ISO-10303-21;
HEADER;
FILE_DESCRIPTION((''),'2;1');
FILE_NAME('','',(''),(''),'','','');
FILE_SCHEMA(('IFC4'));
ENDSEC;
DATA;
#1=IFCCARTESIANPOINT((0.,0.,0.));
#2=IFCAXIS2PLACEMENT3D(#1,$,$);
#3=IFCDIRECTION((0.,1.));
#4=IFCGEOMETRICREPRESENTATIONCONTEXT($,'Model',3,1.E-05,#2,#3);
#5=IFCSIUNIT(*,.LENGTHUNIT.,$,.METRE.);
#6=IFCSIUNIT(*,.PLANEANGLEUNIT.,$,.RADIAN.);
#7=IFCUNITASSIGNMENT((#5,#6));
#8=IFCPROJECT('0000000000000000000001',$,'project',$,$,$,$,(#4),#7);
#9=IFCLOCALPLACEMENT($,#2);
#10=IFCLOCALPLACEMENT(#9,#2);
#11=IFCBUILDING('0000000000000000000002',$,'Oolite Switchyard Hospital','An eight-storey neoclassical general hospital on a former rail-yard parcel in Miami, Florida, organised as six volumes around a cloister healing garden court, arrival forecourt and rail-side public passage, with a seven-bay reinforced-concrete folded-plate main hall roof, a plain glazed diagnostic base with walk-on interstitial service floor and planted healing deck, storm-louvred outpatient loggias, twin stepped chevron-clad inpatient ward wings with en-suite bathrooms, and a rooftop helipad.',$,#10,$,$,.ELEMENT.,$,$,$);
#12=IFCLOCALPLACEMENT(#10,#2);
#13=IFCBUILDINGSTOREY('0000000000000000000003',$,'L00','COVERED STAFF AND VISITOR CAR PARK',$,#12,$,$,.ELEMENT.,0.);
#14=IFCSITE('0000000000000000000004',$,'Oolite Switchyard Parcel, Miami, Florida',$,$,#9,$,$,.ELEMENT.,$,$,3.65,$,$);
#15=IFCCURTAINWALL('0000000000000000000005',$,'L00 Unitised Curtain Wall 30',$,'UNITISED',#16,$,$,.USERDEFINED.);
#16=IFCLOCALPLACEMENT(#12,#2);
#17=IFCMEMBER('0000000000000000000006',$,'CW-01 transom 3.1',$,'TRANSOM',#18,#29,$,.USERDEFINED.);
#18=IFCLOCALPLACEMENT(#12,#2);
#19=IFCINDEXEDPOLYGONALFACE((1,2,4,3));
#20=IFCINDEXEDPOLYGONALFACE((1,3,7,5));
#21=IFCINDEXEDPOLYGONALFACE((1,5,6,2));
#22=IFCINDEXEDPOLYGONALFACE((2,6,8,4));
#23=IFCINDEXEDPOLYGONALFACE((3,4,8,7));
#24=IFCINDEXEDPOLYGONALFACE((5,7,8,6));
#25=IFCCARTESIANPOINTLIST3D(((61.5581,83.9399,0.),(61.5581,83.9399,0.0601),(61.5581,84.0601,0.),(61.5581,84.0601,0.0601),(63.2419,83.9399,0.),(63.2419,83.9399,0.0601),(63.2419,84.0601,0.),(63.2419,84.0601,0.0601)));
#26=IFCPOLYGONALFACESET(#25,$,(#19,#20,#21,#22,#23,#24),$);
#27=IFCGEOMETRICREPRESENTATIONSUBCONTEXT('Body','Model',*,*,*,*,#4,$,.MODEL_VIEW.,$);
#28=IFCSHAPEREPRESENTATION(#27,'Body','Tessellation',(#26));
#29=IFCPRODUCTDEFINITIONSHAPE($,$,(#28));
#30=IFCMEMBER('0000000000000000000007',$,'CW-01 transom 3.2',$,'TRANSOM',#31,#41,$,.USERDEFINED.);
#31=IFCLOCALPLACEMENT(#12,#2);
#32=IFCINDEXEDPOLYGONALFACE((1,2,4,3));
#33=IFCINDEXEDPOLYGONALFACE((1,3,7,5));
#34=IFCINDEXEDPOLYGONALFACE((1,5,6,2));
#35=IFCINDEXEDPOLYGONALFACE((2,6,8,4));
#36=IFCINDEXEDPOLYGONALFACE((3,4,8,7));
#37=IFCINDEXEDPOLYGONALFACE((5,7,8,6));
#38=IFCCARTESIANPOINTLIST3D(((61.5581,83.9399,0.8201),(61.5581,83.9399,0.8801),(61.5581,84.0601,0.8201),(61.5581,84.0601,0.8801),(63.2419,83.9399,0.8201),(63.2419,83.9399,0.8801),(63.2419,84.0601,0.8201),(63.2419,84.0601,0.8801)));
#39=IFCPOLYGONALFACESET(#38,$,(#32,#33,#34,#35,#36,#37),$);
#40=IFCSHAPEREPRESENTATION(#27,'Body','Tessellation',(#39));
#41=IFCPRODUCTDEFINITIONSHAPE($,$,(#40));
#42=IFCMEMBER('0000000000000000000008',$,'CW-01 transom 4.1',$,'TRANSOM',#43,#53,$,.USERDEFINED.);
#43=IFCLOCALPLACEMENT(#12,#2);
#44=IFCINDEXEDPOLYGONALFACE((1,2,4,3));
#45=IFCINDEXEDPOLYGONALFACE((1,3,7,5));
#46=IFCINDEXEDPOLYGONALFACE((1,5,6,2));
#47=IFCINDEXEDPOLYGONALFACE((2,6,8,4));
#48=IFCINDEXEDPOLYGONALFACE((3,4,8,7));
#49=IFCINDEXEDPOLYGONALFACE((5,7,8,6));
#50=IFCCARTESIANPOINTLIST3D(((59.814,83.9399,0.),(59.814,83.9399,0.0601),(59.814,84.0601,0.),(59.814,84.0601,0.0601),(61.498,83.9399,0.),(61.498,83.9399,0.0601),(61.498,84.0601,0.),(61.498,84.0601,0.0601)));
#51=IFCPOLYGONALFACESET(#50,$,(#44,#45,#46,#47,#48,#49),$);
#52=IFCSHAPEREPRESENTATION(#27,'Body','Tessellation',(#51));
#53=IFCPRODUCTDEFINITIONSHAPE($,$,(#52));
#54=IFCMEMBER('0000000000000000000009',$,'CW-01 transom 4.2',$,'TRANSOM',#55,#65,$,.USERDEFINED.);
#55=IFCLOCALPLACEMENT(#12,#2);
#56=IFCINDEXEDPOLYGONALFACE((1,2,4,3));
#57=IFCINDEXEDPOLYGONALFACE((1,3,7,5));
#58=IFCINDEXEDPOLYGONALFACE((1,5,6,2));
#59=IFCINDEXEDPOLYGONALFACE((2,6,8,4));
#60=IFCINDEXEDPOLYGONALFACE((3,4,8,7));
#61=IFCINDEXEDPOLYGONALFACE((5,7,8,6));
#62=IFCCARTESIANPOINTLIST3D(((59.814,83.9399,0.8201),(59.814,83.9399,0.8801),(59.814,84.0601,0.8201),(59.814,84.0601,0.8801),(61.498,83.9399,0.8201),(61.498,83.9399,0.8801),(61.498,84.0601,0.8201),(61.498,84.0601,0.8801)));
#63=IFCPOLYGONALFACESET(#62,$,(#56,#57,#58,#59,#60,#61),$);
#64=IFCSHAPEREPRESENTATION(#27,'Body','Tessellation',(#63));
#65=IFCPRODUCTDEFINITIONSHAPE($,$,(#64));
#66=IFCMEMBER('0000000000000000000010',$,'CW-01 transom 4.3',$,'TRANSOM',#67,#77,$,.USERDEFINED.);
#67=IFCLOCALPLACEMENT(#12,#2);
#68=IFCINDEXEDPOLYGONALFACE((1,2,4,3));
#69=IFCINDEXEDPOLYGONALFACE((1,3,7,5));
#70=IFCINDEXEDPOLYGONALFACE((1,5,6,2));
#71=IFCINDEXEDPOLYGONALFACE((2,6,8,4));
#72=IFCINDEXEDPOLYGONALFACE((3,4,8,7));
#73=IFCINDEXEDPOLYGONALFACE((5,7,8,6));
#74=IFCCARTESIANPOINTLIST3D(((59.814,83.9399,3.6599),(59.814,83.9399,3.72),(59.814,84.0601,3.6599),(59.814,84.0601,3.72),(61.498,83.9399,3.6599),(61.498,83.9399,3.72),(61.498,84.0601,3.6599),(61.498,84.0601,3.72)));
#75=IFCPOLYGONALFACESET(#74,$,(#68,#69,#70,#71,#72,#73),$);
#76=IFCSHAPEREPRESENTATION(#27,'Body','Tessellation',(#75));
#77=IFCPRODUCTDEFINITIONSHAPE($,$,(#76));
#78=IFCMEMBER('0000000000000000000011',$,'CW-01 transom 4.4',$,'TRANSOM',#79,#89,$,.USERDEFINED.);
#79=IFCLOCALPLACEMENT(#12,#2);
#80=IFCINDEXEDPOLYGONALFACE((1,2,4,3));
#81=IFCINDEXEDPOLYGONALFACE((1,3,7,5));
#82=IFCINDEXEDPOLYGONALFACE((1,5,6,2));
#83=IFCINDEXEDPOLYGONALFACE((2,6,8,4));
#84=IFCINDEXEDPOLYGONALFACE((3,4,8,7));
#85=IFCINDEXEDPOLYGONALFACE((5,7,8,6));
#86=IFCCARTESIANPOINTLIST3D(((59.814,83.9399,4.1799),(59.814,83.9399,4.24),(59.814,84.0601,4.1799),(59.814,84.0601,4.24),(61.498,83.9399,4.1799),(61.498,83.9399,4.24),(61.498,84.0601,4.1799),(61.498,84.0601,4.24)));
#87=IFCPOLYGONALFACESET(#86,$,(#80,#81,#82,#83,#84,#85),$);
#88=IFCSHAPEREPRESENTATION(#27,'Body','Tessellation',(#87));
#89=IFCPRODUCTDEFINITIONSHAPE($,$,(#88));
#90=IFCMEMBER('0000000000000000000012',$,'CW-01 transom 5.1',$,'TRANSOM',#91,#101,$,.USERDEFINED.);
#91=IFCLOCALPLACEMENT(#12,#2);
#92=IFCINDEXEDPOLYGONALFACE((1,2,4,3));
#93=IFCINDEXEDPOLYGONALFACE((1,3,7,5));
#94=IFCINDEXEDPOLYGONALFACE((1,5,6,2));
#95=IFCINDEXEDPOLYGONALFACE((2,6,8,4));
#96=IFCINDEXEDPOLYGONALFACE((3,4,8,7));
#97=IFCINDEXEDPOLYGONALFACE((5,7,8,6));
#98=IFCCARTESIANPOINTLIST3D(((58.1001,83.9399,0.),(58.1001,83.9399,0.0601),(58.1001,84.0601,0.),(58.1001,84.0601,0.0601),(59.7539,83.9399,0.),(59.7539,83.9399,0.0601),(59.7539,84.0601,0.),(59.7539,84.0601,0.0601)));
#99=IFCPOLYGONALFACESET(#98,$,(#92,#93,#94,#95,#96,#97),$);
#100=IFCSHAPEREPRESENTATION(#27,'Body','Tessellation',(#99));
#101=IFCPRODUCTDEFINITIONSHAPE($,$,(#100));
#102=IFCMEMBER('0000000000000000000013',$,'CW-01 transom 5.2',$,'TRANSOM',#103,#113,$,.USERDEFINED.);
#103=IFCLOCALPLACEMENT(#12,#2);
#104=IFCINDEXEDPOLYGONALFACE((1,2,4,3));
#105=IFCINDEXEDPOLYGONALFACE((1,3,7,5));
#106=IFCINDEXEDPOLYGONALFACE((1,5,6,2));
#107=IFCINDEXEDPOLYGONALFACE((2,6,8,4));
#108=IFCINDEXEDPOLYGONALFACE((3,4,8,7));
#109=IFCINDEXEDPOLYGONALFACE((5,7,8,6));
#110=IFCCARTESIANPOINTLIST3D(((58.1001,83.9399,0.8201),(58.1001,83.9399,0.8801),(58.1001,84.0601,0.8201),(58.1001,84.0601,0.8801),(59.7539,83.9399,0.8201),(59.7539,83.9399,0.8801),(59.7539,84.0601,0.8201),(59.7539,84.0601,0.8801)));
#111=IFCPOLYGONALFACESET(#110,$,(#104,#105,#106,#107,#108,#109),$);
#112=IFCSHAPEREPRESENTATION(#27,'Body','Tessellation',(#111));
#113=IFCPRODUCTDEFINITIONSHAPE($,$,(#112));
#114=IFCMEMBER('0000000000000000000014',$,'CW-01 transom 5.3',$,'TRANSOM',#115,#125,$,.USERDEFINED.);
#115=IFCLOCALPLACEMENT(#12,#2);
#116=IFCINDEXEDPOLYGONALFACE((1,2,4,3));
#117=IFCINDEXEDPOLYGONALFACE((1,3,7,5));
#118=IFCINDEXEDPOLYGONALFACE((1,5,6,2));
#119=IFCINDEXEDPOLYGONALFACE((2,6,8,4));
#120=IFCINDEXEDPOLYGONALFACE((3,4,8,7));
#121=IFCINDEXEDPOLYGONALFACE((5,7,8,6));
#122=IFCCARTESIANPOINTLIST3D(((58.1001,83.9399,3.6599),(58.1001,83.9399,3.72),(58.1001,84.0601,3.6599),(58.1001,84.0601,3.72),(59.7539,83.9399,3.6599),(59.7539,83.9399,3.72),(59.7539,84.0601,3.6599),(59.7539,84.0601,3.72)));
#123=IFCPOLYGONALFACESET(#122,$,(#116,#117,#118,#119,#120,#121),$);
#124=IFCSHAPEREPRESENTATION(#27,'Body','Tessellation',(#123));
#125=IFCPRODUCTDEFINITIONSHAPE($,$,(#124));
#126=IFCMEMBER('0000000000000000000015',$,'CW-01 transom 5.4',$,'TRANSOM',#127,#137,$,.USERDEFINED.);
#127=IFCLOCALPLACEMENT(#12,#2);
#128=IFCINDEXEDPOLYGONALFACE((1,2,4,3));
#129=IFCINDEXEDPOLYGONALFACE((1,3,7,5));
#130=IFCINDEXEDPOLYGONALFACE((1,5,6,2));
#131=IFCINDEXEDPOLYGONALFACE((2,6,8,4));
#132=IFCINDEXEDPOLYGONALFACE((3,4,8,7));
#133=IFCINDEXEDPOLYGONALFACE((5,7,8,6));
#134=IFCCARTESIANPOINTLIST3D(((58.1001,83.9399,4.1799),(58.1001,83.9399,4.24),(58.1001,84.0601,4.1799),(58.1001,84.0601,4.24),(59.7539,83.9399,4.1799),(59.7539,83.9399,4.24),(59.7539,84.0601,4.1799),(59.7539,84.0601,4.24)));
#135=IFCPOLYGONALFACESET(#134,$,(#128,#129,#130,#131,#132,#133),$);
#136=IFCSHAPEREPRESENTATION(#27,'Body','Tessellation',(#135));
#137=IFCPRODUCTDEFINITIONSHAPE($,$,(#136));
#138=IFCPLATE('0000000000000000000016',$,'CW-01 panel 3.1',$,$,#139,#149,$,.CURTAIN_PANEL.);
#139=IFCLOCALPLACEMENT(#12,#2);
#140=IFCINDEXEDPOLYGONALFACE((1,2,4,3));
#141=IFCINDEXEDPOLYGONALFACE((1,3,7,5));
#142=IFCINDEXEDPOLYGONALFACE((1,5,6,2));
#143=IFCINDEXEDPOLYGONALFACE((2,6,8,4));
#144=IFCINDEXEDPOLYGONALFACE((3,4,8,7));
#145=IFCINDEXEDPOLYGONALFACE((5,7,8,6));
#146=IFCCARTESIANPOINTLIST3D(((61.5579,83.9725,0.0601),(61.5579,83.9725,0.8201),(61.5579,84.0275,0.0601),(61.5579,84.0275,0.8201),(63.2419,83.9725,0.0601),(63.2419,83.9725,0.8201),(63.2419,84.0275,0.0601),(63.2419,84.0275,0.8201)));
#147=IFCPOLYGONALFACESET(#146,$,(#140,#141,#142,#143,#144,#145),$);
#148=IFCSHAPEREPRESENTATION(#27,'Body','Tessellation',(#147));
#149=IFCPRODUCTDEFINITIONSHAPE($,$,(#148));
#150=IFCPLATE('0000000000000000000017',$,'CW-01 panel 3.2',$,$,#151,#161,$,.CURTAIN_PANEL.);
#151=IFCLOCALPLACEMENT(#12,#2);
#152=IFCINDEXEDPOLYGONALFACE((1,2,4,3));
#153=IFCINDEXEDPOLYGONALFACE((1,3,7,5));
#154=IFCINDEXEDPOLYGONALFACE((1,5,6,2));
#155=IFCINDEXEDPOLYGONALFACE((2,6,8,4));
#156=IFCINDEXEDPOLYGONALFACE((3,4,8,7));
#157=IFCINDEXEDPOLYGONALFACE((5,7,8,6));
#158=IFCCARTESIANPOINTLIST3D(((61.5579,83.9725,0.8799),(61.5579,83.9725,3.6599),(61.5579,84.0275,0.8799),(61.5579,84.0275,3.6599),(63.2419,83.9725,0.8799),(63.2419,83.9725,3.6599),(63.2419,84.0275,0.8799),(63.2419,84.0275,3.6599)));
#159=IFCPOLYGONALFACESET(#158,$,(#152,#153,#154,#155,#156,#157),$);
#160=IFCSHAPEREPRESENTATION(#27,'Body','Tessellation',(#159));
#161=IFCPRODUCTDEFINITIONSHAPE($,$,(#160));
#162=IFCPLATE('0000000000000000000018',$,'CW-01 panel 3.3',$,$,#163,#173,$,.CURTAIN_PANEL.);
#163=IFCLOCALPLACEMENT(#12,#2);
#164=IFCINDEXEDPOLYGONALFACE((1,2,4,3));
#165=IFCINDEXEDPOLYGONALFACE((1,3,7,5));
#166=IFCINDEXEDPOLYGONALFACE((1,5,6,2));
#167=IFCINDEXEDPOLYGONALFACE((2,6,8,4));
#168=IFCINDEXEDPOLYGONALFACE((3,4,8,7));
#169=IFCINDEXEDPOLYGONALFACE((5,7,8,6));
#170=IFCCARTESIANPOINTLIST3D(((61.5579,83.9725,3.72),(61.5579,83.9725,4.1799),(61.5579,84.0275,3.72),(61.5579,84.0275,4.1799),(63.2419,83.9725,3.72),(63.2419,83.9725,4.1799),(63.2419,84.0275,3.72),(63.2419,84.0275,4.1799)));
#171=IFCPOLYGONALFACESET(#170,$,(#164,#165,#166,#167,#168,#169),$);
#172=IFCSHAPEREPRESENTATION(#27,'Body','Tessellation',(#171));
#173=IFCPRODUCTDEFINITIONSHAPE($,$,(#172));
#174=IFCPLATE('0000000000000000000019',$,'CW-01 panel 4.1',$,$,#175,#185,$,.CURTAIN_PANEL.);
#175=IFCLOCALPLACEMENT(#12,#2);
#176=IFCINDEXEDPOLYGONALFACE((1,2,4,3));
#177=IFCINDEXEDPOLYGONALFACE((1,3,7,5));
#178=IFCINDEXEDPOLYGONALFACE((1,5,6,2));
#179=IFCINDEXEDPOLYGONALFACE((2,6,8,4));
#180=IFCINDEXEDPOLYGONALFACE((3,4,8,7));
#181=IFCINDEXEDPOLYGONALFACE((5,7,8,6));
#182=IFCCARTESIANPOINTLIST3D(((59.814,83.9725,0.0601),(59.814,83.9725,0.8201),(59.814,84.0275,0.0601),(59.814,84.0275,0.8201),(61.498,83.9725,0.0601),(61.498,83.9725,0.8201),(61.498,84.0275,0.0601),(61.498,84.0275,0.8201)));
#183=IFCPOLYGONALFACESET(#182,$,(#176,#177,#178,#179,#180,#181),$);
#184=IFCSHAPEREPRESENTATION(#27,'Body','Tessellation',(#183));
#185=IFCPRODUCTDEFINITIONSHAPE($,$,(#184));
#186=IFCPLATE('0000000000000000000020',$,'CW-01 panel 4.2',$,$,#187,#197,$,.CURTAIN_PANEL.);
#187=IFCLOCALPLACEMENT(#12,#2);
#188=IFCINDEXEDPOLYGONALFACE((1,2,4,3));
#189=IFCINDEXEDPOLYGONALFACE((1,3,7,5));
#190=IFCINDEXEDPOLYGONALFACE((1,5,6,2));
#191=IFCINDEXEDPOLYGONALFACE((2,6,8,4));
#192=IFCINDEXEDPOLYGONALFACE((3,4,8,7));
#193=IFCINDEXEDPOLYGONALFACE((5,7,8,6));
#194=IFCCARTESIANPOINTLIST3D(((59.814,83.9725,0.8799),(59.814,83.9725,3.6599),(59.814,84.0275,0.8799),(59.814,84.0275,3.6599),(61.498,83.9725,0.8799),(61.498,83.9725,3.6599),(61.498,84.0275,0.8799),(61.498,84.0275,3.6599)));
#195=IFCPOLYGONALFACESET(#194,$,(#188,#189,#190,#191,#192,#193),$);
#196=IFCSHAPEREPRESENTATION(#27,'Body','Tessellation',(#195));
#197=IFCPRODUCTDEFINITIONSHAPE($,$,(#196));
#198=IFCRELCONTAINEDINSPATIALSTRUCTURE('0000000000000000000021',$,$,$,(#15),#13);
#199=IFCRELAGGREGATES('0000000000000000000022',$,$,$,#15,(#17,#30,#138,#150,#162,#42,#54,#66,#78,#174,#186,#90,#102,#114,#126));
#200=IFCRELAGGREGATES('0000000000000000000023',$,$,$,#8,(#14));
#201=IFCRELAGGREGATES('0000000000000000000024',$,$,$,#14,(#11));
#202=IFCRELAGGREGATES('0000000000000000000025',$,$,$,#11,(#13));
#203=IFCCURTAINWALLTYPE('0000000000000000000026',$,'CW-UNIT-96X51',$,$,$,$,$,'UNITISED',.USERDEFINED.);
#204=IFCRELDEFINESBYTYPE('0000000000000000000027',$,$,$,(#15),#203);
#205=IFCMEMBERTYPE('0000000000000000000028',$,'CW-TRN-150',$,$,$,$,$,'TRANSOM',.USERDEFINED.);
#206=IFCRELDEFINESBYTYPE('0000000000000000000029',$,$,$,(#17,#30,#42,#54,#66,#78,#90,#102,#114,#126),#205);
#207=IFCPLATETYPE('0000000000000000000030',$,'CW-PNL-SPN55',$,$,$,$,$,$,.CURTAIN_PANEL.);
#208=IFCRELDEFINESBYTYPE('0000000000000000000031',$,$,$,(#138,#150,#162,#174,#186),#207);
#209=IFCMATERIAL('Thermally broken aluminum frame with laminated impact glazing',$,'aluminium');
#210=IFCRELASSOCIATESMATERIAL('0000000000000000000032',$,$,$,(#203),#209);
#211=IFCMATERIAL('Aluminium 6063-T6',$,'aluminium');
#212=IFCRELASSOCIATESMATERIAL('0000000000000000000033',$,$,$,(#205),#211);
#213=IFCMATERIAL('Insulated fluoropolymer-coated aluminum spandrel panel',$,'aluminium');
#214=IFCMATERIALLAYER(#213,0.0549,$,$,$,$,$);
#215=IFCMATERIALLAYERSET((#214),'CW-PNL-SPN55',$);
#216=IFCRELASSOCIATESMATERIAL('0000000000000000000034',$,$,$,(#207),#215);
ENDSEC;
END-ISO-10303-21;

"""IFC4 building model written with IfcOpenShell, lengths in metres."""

from ifc_helpers import new_model, si_unit, direction, frame, origin, origin_2d, place, context, subcontext, project, spatial, rectangle, extrude, material, layer, layer_set, material_profile, profile_set, type_object, element, aggregate, save


model = new_model("IFC4")

# Units and contexts
model_context = context("Model", 3, precision=1e-05, world=origin(), true_north=direction((0.0, 1.0)))
body_context = subcontext(model_context, "Body", "Model", "MODEL_VIEW")
ifc_project = project(units=[si_unit("LENGTHUNIT", "METRE"), si_unit("PLANEANGLEUNIT", "RADIAN")], contexts=[model_context])

# Site, building, storey
site_placement = place(None, origin())
site = spatial("IfcSite", under=ifc_project, at=site_placement, Name="Oolite Switchyard Parcel, Miami, Florida", CompositionType="ELEMENT", RefElevation=3.65)
building_placement = place(site_placement, origin())
building = spatial("IfcBuilding", under=site, at=building_placement, Name="Oolite Switchyard Hospital", Description="An eight-storey neoclassical general hospital on a former rail-yard parcel in Miami, Florida, organised as six volumes around a cloister healing garden court, arrival forecourt and rail-side public passage, with a seven-bay reinforced-concrete folded-plate main hall roof, a plain glazed diagnostic base with walk-on interstitial service floor and planted healing deck, storm-louvred outpatient loggias, twin stepped chevron-clad inpatient ward wings with en-suite bathrooms, and a rooftop helipad.", CompositionType="ELEMENT")
storey_placement = place(building_placement, origin())
storey = spatial("IfcBuildingStorey", under=building, at=storey_placement, Name="L00", Description="COVERED STAFF AND VISITOR CAR PARK", CompositionType="ELEMENT", Elevation=0.0)

# Curtain wall, members, plates
ifc_material_1 = material(Name="Thermally broken aluminum frame with laminated impact glazing", Category="aluminium")
curtain_wall_type = type_object("IfcCurtainWallType", Name="CW-UNIT-96X51", ElementType="UNITISED", PredefinedType="USERDEFINED", material=ifc_material_1)
curtain_wall_placement = place(storey_placement, origin())
curtain_wall = element("IfcCurtainWall", 1, at=curtain_wall_placement, inside=storey, type_object=curtain_wall_type, Name="L00 Unitised Curtain Wall 30", ObjectType="UNITISED", PredefinedType="USERDEFINED")
ifc_material_2 = material(Name="Aluminium 6063-T6", Category="aluminium")
ifc_material_profile_1 = material_profile(ifc_material_2, rectangle(XDim=0.1201, YDim=0.0601, at=origin_2d()), Name="CWT60X120")
ifc_profile_set_1 = profile_set([ifc_material_profile_1], Name="Aluminium 6063-T6")
member_type_1 = type_object("IfcMemberType", Name="CW-TRN-150", ElementType="TRANSOM", PredefinedType="USERDEFINED", material=ifc_profile_set_1)
member_1_placement = place(storey_placement, frame((63.2419, 84.0, 0.03), z_axis=(-1.0, 0.0, 0.0), x_axis=(0.0, -1.0, 0.0)))
member_1 = element("IfcMember", 2, at=member_1_placement, type_object=member_type_1, Name="CW-01 transom 3.1", ObjectType="TRANSOM", PredefinedType="USERDEFINED", context=body_context, shape_type="SweptSolid", body=[
    extrude(rectangle(XDim=0.1201, YDim=0.0601, at=origin_2d()), origin(), (0.0, 0.0, 1.0), 1.6838),
])
member_2_placement = place(storey_placement, frame((63.2419, 84.0, 0.8501), z_axis=(-1.0, 0.0, 0.0), x_axis=(0.0, -1.0, 0.0)))
member_2 = element("IfcMember", 3, at=member_2_placement, type_object=member_type_1, Name="CW-01 transom 3.2", ObjectType="TRANSOM", PredefinedType="USERDEFINED", context=body_context, shape_type="SweptSolid", body=[
    extrude(rectangle(XDim=0.1201, YDim=0.0601, at=origin_2d()), origin(), (0.0, 0.0, 1.0), 1.6838),
])
member_3_placement = place(storey_placement, frame((61.498, 84.0, 0.03), z_axis=(-1.0, 0.0, 0.0), x_axis=(0.0, -1.0, 0.0)))
member_3 = element("IfcMember", 4, at=member_3_placement, type_object=member_type_1, Name="CW-01 transom 4.1", ObjectType="TRANSOM", PredefinedType="USERDEFINED", context=body_context, shape_type="SweptSolid", body=[
    extrude(rectangle(XDim=0.1201, YDim=0.0601, at=origin_2d()), origin(), (0.0, 0.0, 1.0), 1.6841),
])
member_4_placement = place(storey_placement, frame((61.498, 84.0, 0.8501), z_axis=(-1.0, 0.0, 0.0), x_axis=(0.0, -1.0, 0.0)))
member_4 = element("IfcMember", 5, at=member_4_placement, type_object=member_type_1, Name="CW-01 transom 4.2", ObjectType="TRANSOM", PredefinedType="USERDEFINED", context=body_context, shape_type="SweptSolid", body=[
    extrude(rectangle(XDim=0.1201, YDim=0.0601, at=origin_2d()), origin(), (0.0, 0.0, 1.0), 1.6841),
])
member_5_placement = place(storey_placement, frame((61.498, 84.0, 3.6899), z_axis=(-1.0, 0.0, 0.0), x_axis=(0.0, -1.0, 0.0)))
member_5 = element("IfcMember", 6, at=member_5_placement, type_object=member_type_1, Name="CW-01 transom 4.3", ObjectType="TRANSOM", PredefinedType="USERDEFINED", context=body_context, shape_type="SweptSolid", body=[
    extrude(rectangle(XDim=0.1201, YDim=0.0601, at=origin_2d()), origin(), (0.0, 0.0, 1.0), 1.6841),
])
member_6_placement = place(storey_placement, frame((61.498, 84.0, 4.21), z_axis=(-1.0, 0.0, 0.0), x_axis=(0.0, -1.0, 0.0)))
member_6 = element("IfcMember", 7, at=member_6_placement, type_object=member_type_1, Name="CW-01 transom 4.4", ObjectType="TRANSOM", PredefinedType="USERDEFINED", context=body_context, shape_type="SweptSolid", body=[
    extrude(rectangle(XDim=0.1201, YDim=0.0601, at=origin_2d()), origin(), (0.0, 0.0, 1.0), 1.6841),
])
member_7_placement = place(storey_placement, frame((59.7539, 84.0, 0.03), z_axis=(-1.0, 0.0, 0.0), x_axis=(0.0, -1.0, 0.0)))
member_7 = element("IfcMember", 8, at=member_7_placement, type_object=member_type_1, Name="CW-01 transom 5.1", ObjectType="TRANSOM", PredefinedType="USERDEFINED", context=body_context, shape_type="SweptSolid", body=[
    extrude(rectangle(XDim=0.1201, YDim=0.0601, at=origin_2d()), origin(), (0.0, 0.0, 1.0), 1.6538),
])
member_8_placement = place(storey_placement, frame((59.7539, 84.0, 0.8501), z_axis=(-1.0, 0.0, 0.0), x_axis=(0.0, -1.0, 0.0)))
member_8 = element("IfcMember", 9, at=member_8_placement, type_object=member_type_1, Name="CW-01 transom 5.2", ObjectType="TRANSOM", PredefinedType="USERDEFINED", context=body_context, shape_type="SweptSolid", body=[
    extrude(rectangle(XDim=0.1201, YDim=0.0601, at=origin_2d()), origin(), (0.0, 0.0, 1.0), 1.6538),
])
member_9_placement = place(storey_placement, frame((59.7539, 84.0, 3.6899), z_axis=(-1.0, 0.0, 0.0), x_axis=(0.0, -1.0, 0.0)))
member_9 = element("IfcMember", 10, at=member_9_placement, type_object=member_type_1, Name="CW-01 transom 5.3", ObjectType="TRANSOM", PredefinedType="USERDEFINED", context=body_context, shape_type="SweptSolid", body=[
    extrude(rectangle(XDim=0.1201, YDim=0.0601, at=origin_2d()), origin(), (0.0, 0.0, 1.0), 1.6538),
])
member_10_placement = place(storey_placement, frame((59.7539, 84.0, 4.21), z_axis=(-1.0, 0.0, 0.0), x_axis=(0.0, -1.0, 0.0)))
member_10 = element("IfcMember", 11, at=member_10_placement, type_object=member_type_1, Name="CW-01 transom 5.4", ObjectType="TRANSOM", PredefinedType="USERDEFINED", context=body_context, shape_type="SweptSolid", body=[
    extrude(rectangle(XDim=0.1201, YDim=0.0601, at=origin_2d()), origin(), (0.0, 0.0, 1.0), 1.6538),
])
ifc_material_3 = material(Name="Insulated fluoropolymer-coated aluminum spandrel panel", Category="aluminium")
ifc_layer = layer(ifc_material_3, 0.0549)
ifc_layer_set = layer_set([ifc_layer], Name="CW-PNL-SPN55")
plate_type = type_object("IfcPlateType", Name="CW-PNL-SPN55", PredefinedType="CURTAIN_PANEL", material=ifc_layer_set)
plate_1_placement = place(storey_placement, frame((62.3999, 84.0, 0.0601), z_axis=(0.0, 0.0, 1.0), x_axis=(-1.0, 0.0, 0.0)))
plate_1 = element("IfcPlate", 12, at=plate_1_placement, type_object=plate_type, Name="CW-01 panel 3.1", PredefinedType="CURTAIN_PANEL", context=body_context, shape_type="SweptSolid", body=[
    extrude(rectangle(XDim=1.6841, YDim=0.0549, at=origin_2d()), origin(), (0.0, 0.0, 1.0), 0.76),
])
plate_2_placement = place(storey_placement, frame((62.3999, 84.0, 0.8799), z_axis=(0.0, 0.0, 1.0), x_axis=(-1.0, 0.0, 0.0)))
plate_2 = element("IfcPlate", 13, at=plate_2_placement, type_object=plate_type, Name="CW-01 panel 3.2", PredefinedType="CURTAIN_PANEL", context=body_context, shape_type="SweptSolid", body=[
    extrude(rectangle(XDim=1.6841, YDim=0.0549, at=origin_2d()), origin(), (0.0, 0.0, 1.0), 2.78),
])
plate_3_placement = place(storey_placement, frame((62.3999, 84.0, 3.72), z_axis=(0.0, 0.0, 1.0), x_axis=(-1.0, 0.0, 0.0)))
plate_3 = element("IfcPlate", 14, at=plate_3_placement, type_object=plate_type, Name="CW-01 panel 3.3", PredefinedType="CURTAIN_PANEL", context=body_context, shape_type="SweptSolid", body=[
    extrude(rectangle(XDim=1.6841, YDim=0.0549, at=origin_2d()), origin(), (0.0, 0.0, 1.0), 0.46),
])
plate_4_placement = place(storey_placement, frame((60.656, 84.0, 0.0601), z_axis=(0.0, 0.0, 1.0), x_axis=(-1.0, 0.0, 0.0)))
plate_4 = element("IfcPlate", 15, at=plate_4_placement, type_object=plate_type, Name="CW-01 panel 4.1", PredefinedType="CURTAIN_PANEL", context=body_context, shape_type="SweptSolid", body=[
    extrude(rectangle(XDim=1.6841, YDim=0.0549, at=origin_2d()), origin(), (0.0, 0.0, 1.0), 0.76),
])
plate_5_placement = place(storey_placement, frame((60.656, 84.0, 0.8799), z_axis=(0.0, 0.0, 1.0), x_axis=(-1.0, 0.0, 0.0)))
plate_5 = element("IfcPlate", 16, at=plate_5_placement, type_object=plate_type, Name="CW-01 panel 4.2", PredefinedType="CURTAIN_PANEL", context=body_context, shape_type="SweptSolid", body=[
    extrude(rectangle(XDim=1.6841, YDim=0.0549, at=origin_2d()), origin(), (0.0, 0.0, 1.0), 2.78),
])
aggregate(curtain_wall, [member_1, member_2, plate_1, plate_2, plate_3, member_3, member_4, member_5, member_6, plate_4, plate_5, member_7, member_8, member_9, member_10])

save(model, "model.ifc")
